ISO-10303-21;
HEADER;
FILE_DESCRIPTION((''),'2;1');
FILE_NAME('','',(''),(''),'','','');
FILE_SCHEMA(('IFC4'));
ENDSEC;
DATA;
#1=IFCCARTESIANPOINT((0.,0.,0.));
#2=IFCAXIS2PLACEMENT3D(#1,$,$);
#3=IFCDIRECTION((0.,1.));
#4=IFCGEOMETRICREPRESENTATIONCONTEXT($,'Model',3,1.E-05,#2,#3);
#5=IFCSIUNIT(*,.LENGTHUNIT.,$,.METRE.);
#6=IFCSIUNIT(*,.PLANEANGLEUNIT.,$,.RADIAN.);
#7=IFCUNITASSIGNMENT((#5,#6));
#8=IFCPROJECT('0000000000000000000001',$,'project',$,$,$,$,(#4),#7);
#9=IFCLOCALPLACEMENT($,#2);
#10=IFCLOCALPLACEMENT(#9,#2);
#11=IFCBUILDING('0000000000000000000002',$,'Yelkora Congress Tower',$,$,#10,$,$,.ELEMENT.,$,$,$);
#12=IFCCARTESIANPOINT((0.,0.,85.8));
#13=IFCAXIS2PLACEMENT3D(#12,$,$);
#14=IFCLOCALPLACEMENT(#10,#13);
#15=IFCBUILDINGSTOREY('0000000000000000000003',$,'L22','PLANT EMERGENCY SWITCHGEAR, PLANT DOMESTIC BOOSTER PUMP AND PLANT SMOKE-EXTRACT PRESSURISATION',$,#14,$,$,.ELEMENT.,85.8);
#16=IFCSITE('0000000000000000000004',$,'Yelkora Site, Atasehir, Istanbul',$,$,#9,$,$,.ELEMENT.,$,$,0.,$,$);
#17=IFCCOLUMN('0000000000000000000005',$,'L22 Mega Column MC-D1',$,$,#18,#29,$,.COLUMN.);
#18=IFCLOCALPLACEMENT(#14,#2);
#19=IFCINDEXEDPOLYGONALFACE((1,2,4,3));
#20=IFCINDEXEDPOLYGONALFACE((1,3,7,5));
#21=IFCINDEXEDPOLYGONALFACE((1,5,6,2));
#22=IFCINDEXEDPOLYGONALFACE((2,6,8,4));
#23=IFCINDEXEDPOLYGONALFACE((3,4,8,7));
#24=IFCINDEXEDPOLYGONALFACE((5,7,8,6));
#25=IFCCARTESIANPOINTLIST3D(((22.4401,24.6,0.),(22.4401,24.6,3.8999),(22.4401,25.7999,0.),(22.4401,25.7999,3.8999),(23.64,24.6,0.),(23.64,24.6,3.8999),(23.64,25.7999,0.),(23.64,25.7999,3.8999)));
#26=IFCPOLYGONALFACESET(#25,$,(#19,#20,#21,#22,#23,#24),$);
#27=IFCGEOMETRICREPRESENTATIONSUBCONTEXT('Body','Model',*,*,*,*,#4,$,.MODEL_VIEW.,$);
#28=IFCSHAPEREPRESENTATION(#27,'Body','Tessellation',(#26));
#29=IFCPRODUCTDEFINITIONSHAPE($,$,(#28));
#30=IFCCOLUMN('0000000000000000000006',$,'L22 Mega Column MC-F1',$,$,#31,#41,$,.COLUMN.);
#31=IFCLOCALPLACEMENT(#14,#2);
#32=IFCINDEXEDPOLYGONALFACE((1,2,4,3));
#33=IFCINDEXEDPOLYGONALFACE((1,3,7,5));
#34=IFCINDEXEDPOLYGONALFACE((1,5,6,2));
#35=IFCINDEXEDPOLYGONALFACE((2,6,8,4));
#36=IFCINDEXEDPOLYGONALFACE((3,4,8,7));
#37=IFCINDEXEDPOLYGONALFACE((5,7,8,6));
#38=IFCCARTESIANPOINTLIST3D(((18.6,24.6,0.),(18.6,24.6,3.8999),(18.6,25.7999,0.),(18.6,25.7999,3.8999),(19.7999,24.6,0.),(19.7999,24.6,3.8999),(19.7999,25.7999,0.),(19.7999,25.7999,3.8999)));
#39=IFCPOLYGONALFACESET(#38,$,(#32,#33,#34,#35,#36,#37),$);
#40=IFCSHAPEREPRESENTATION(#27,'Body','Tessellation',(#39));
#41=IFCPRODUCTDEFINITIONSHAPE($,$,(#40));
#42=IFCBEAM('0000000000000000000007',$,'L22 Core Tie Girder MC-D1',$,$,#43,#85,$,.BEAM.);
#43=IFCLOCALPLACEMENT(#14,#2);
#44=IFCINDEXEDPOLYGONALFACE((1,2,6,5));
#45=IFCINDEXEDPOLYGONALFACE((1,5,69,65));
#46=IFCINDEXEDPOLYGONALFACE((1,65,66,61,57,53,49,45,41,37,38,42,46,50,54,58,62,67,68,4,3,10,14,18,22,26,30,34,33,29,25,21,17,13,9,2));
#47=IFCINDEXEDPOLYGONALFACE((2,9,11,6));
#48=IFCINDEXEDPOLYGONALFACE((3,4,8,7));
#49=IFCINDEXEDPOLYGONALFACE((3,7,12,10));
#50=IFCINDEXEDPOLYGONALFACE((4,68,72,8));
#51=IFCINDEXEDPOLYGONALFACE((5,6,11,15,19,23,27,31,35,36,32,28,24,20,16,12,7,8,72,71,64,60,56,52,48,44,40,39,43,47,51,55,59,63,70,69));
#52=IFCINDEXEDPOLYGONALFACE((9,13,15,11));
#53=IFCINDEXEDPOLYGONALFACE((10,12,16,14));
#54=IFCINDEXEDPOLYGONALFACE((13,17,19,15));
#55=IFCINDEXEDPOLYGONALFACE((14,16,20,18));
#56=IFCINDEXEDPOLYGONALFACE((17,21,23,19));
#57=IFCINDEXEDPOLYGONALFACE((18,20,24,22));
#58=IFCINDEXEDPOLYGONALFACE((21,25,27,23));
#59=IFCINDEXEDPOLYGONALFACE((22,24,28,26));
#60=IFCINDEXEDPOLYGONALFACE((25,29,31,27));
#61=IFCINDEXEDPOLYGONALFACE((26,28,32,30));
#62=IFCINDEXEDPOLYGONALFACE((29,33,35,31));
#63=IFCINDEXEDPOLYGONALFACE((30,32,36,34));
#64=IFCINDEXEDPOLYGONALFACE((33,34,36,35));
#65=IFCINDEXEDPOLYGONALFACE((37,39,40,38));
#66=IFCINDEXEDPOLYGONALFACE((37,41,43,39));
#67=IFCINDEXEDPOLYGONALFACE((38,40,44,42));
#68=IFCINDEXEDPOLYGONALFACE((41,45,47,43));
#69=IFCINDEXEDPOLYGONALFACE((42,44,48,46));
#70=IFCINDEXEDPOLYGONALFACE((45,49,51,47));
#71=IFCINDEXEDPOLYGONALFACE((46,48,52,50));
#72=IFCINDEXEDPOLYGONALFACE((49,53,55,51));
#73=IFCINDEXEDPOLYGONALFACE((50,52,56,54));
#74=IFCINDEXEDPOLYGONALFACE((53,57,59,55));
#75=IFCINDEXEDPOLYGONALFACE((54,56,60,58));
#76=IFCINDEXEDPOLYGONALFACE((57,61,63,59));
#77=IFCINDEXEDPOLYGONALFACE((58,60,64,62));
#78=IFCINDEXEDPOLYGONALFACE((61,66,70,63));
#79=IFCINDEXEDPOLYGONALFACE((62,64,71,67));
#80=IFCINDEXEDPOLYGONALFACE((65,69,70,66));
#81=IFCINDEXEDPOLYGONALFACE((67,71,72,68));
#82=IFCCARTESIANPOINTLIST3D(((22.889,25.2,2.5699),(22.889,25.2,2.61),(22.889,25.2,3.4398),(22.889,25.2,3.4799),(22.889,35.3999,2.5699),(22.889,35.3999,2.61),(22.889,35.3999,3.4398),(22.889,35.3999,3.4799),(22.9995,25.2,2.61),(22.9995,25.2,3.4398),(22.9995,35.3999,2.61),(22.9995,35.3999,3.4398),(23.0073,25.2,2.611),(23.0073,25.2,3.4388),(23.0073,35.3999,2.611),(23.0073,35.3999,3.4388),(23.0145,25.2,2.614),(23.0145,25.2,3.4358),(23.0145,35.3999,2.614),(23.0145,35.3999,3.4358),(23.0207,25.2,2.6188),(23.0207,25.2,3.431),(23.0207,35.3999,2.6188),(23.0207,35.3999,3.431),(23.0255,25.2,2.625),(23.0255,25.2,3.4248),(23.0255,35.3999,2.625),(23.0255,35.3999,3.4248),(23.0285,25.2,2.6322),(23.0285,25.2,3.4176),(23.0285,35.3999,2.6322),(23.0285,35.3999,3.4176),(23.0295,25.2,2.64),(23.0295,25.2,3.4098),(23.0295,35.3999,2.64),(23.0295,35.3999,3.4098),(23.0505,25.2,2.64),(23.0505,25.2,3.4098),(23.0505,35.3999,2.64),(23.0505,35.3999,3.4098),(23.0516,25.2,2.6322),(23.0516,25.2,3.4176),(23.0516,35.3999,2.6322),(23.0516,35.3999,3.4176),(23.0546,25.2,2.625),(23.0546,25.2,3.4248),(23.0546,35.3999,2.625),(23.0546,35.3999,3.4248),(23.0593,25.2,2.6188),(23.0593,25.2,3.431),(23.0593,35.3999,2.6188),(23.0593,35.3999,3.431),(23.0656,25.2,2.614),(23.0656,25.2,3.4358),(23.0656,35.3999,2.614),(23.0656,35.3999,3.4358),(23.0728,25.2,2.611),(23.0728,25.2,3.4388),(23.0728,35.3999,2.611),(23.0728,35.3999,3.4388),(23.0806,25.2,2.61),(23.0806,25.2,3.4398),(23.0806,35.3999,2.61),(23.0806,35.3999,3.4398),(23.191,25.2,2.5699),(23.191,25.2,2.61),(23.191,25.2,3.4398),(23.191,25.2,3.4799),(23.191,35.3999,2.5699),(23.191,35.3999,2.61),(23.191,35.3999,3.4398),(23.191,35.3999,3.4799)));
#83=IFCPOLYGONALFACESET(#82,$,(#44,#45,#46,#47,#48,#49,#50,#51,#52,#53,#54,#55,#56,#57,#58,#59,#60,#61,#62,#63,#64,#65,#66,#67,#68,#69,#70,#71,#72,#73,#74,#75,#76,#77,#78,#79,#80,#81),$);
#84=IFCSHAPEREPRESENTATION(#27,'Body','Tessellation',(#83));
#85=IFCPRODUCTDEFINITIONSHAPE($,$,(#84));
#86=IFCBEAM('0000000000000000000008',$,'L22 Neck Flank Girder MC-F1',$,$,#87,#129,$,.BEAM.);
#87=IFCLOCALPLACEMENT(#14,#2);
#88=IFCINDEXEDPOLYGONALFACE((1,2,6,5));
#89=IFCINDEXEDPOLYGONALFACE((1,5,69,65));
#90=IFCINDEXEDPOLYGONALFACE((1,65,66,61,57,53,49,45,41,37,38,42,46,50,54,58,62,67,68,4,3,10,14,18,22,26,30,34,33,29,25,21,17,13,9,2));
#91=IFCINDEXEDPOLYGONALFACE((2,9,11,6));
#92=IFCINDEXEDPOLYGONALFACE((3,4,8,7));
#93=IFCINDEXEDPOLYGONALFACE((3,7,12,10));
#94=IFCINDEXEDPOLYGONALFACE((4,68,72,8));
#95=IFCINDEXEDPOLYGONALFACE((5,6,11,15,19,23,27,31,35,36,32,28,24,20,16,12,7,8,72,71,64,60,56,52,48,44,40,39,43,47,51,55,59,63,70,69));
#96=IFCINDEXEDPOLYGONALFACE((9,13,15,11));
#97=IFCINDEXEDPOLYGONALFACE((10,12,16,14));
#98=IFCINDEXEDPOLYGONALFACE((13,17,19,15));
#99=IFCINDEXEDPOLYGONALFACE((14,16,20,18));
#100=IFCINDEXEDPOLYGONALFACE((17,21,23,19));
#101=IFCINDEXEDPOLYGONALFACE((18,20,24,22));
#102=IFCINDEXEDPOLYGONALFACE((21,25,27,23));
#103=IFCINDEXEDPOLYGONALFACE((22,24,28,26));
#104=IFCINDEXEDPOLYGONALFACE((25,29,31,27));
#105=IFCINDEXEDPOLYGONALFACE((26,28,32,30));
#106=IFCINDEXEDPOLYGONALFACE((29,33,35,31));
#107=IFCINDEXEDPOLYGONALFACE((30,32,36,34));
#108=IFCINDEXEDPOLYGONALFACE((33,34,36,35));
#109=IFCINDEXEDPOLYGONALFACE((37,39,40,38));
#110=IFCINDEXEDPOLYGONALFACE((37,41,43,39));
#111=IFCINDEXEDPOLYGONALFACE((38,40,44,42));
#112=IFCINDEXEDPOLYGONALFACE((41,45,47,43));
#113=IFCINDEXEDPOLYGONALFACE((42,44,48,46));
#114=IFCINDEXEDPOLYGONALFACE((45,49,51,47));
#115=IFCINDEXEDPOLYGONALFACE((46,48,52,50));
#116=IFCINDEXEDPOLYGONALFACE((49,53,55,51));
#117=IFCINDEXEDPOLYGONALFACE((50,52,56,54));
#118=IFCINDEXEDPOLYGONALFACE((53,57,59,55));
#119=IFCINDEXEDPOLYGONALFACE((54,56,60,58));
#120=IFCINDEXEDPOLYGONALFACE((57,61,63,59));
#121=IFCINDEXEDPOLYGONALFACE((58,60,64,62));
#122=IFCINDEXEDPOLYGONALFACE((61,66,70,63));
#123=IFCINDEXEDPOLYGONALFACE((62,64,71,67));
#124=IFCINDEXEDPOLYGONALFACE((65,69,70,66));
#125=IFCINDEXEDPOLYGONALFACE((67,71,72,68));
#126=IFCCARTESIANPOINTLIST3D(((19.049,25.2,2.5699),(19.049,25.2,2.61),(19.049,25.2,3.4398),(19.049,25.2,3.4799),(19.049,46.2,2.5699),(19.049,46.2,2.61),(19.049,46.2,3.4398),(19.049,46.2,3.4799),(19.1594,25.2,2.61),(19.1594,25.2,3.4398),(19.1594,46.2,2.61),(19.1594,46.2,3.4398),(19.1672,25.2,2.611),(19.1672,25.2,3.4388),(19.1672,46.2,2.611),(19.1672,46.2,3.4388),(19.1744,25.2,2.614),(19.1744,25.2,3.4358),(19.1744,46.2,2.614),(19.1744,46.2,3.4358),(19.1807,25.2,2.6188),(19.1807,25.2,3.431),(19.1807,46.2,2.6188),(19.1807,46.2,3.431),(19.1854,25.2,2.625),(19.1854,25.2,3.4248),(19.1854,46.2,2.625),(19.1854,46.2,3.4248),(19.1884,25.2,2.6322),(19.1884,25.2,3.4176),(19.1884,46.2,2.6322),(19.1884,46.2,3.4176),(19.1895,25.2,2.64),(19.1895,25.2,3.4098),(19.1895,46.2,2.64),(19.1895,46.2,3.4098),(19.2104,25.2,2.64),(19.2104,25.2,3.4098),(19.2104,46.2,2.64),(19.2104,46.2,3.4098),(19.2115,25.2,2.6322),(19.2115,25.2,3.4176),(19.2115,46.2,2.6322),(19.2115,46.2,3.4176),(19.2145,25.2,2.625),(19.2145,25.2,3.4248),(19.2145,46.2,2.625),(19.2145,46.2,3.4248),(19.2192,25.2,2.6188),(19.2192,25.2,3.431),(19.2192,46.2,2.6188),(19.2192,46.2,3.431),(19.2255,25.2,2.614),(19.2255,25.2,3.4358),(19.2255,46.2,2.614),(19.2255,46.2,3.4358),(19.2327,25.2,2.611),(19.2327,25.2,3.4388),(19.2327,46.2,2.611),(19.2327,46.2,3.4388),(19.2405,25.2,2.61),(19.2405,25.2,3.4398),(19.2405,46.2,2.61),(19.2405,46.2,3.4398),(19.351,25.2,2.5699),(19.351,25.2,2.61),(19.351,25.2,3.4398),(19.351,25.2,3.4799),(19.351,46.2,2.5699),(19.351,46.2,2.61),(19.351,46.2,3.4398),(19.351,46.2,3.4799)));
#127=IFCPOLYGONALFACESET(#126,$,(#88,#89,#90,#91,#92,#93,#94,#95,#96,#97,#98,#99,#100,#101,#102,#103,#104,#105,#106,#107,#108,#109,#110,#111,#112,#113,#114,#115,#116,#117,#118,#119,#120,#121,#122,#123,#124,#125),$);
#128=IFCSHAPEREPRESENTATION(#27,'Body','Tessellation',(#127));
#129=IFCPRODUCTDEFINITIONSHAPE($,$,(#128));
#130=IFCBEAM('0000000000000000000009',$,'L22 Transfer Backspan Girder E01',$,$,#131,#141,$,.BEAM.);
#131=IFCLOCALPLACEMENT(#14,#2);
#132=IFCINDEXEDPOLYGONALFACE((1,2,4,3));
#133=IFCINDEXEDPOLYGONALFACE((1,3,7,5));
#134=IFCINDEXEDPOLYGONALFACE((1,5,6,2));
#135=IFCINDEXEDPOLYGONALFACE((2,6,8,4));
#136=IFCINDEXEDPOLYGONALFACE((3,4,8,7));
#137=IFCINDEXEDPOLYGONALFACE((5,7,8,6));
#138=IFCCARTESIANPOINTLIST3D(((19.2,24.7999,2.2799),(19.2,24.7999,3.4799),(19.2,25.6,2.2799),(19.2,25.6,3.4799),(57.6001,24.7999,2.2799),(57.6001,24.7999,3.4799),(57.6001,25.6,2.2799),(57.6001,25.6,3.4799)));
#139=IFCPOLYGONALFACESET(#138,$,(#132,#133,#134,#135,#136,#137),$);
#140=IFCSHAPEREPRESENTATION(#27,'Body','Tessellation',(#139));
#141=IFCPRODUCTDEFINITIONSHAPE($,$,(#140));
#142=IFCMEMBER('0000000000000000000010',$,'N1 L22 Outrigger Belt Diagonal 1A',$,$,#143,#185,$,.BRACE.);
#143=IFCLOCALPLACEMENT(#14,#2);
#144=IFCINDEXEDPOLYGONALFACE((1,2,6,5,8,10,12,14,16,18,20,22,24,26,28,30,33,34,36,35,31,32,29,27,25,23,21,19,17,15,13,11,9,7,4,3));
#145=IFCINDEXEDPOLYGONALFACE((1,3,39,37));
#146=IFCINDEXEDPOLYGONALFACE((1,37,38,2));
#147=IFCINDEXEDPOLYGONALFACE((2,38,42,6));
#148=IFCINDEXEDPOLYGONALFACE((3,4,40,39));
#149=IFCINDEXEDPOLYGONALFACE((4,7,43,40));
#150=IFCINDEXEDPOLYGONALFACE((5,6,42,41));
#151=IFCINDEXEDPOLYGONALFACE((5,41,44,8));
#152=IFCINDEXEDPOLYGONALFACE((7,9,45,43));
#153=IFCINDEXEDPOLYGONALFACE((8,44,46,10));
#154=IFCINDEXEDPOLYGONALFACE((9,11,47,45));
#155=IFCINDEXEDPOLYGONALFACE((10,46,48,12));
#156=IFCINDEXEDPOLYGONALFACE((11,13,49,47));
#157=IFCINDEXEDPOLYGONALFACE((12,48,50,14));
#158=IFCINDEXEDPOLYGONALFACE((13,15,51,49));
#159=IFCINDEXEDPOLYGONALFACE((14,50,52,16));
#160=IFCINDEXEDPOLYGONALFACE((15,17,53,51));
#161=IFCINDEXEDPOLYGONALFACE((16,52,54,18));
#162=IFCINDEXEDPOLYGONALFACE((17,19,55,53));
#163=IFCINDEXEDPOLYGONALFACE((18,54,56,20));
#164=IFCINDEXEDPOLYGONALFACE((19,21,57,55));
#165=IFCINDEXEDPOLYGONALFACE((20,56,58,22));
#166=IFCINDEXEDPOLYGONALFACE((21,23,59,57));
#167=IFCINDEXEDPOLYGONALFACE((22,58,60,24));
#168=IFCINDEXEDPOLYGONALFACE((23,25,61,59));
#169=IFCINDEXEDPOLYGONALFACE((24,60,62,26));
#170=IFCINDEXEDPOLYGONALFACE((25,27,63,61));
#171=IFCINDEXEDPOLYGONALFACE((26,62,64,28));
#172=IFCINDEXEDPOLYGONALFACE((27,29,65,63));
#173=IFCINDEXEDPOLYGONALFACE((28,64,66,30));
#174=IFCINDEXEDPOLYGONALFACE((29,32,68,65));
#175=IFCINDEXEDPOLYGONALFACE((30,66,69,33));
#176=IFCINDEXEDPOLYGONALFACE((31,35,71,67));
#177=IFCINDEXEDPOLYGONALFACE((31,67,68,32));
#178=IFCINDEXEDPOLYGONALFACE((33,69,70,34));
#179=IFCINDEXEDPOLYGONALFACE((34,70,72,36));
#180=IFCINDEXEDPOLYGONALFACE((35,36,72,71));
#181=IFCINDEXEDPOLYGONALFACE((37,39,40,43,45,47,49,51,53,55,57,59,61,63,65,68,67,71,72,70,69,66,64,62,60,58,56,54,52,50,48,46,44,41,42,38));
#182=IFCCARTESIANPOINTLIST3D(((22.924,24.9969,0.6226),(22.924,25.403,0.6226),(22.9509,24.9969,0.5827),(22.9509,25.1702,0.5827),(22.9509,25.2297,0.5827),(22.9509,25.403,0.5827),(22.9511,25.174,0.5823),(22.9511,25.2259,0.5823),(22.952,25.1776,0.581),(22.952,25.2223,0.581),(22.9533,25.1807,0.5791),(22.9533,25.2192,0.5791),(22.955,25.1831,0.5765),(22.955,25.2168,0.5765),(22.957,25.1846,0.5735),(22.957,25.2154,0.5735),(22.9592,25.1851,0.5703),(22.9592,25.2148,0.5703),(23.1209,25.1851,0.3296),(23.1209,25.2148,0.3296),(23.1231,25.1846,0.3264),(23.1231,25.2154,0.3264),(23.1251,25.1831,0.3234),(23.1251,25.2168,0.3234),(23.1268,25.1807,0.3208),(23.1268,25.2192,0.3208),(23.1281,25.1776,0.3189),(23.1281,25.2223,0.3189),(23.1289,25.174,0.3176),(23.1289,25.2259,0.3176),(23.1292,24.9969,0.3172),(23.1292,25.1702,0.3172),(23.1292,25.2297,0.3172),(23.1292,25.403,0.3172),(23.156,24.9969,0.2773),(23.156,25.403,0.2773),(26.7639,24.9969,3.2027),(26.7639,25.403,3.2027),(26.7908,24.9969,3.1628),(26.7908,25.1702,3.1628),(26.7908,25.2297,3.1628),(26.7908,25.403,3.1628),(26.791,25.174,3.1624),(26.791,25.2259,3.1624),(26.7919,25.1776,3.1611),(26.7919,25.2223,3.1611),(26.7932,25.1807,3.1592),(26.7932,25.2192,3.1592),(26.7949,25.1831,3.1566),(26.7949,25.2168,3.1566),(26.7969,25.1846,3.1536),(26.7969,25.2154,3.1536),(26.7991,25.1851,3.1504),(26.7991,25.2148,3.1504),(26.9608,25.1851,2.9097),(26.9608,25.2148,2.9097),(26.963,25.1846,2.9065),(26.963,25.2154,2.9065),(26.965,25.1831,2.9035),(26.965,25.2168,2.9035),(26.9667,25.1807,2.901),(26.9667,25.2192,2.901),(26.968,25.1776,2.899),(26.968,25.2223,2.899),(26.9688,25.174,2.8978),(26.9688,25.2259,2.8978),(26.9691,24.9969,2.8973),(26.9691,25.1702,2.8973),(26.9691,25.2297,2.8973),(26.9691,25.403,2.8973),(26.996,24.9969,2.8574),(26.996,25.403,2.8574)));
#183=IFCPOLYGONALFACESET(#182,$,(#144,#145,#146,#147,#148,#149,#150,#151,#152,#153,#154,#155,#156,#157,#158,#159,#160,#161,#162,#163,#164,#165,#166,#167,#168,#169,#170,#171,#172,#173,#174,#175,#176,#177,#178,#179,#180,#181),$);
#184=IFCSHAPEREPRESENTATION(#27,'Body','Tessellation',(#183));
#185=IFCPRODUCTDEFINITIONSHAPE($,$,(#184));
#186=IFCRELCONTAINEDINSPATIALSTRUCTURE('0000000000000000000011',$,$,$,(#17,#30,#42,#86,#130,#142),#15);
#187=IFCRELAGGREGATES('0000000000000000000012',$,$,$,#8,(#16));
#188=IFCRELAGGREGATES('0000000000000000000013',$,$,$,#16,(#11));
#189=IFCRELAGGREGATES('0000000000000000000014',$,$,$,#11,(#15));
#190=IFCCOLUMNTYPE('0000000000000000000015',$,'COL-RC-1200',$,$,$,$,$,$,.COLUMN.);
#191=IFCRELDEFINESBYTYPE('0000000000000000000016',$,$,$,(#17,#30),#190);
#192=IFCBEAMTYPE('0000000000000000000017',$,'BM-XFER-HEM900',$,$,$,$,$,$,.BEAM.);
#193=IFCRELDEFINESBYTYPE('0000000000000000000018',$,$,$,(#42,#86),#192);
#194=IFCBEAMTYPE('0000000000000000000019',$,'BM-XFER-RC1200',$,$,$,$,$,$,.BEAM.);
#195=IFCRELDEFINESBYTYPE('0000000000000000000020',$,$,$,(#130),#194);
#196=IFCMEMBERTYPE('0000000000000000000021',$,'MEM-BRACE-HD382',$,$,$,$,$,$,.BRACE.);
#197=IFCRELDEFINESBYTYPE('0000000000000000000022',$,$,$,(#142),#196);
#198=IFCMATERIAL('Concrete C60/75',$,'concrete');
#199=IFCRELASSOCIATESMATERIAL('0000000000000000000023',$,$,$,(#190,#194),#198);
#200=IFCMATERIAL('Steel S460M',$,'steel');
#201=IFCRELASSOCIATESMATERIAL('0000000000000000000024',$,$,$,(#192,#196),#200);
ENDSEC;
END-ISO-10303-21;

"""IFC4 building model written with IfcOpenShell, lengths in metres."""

from ifc_helpers import new_model, si_unit, direction, frame, origin, origin_2d, place, context, subcontext, project, spatial, rectangle, i_section, extrude, material, material_profile, profile_set, type_object, element, save


model = new_model("IFC4")

# Units and contexts
model_context = context("Model", 3, precision=1e-05, world=origin(), true_north=direction((0.0, 1.0)))
body_context = subcontext(model_context, "Body", "Model", "MODEL_VIEW")
ifc_project = project(units=[si_unit("LENGTHUNIT", "METRE"), si_unit("PLANEANGLEUNIT", "RADIAN")], contexts=[model_context])

# Site, building, storey
site_placement = place(None, origin())
site = spatial("IfcSite", under=ifc_project, at=site_placement, Name="Yelkora Site, Atasehir, Istanbul", CompositionType="ELEMENT", RefElevation=0.0)
building_placement = place(site_placement, origin())
building = spatial("IfcBuilding", under=site, at=building_placement, Name="Yelkora Congress Tower", CompositionType="ELEMENT")
storey_placement = place(building_placement, frame((0.0, 0.0, 85.8)))
storey = spatial("IfcBuildingStorey", under=building, at=storey_placement, Name="L22", Description="PLANT EMERGENCY SWITCHGEAR, PLANT DOMESTIC BOOSTER PUMP AND PLANT SMOKE-EXTRACT PRESSURISATION", CompositionType="ELEMENT", Elevation=85.8)

# Columns
ifc_material_1 = material(Name="Concrete C60/75", Category="concrete")
ifc_material_profile_1 = material_profile(ifc_material_1, rectangle(XDim=1.2, YDim=1.2, at=origin_2d()), Name="RC 1200x1200")
ifc_profile_set_1 = profile_set([ifc_material_profile_1], Name="Concrete C60/75")
column_type = type_object("IfcColumnType", Name="COL-RC-1200", PredefinedType="COLUMN", material=ifc_profile_set_1)
for number, where, z_axis, x_axis, name in (
    (1, (23.04, 25.2, 0.0), (0.0, 0.0, 1.0), (1.0, 0.0, 0.0), "L22 Mega Column MC-D1"),
    (2, (19.2, 25.2, 0.0), (0.0, 0.0, 1.0), (1.0, 0.0, 0.0), "L22 Mega Column MC-F1"),
):
    element("IfcColumn", number, at=place(storey_placement, frame(where, z_axis=z_axis, x_axis=x_axis)), inside=storey, type_object=column_type, Name=name, PredefinedType="COLUMN", context=body_context, shape_type="SweptSolid", body=[
        extrude(rectangle(XDim=1.2, YDim=1.2, at=origin_2d()), origin(), (0.0, 0.0, 1.0), 3.8999),
    ])

# Beams
ifc_material_2 = material(Name="Steel S460M", Category="steel")
ifc_material_profile_2 = material_profile(ifc_material_2, i_section(OverallWidth=0.302, OverallDepth=0.9099, WebThickness=0.021, FlangeThickness=0.04, FilletRadius=0.03, at=origin_2d()), Name="HEM 900")
ifc_profile_set_2 = profile_set([ifc_material_profile_2], Name="Steel S460M")
beam_type_1 = type_object("IfcBeamType", Name="BM-XFER-HEM900", PredefinedType="BEAM", material=ifc_profile_set_2)
beam_1_placement = place(storey_placement, frame((23.04, 25.2, 3.0249), z_axis=(0.0, 1.0, 0.0), x_axis=(-1.0, 0.0, 0.0)))
element("IfcBeam", 3, at=beam_1_placement, inside=storey, type_object=beam_type_1, Name="L22 Core Tie Girder MC-D1", PredefinedType="BEAM", context=body_context, shape_type="SweptSolid", body=[
    extrude(i_section(OverallWidth=0.302, OverallDepth=0.9099, WebThickness=0.021, FlangeThickness=0.04, FilletRadius=0.03, at=origin_2d()), origin(), (0.0, 0.0, 1.0), 10.2),
])
beam_2_placement = place(storey_placement, frame((19.2, 25.2, 3.0249), z_axis=(0.0, 1.0, 0.0), x_axis=(-1.0, 0.0, 0.0)))
element("IfcBeam", 4, at=beam_2_placement, inside=storey, type_object=beam_type_1, Name="L22 Neck Flank Girder MC-F1", PredefinedType="BEAM", context=body_context, shape_type="SweptSolid", body=[
    extrude(i_section(OverallWidth=0.302, OverallDepth=0.9099, WebThickness=0.021, FlangeThickness=0.04, FilletRadius=0.03, at=origin_2d()), origin(), (0.0, 0.0, 1.0), 21.0),
])
ifc_material_profile_3 = material_profile(ifc_material_1, rectangle(XDim=0.8, YDim=1.2, at=origin_2d()), Name="RC 800x1200")
ifc_profile_set_3 = profile_set([ifc_material_profile_3], Name="Concrete C60/75")
beam_type_2 = type_object("IfcBeamType", Name="BM-XFER-RC1200", PredefinedType="BEAM", material=ifc_profile_set_3)
beam_3_placement = place(storey_placement, frame((19.2, 25.2, 2.8799), z_axis=(1.0, 0.0, 0.0), x_axis=(0.0, 1.0, 0.0)))
element("IfcBeam", 5, at=beam_3_placement, inside=storey, type_object=beam_type_2, Name="L22 Transfer Backspan Girder E01", PredefinedType="BEAM", context=body_context, shape_type="SweptSolid", body=[
    extrude(rectangle(XDim=0.8, YDim=1.2, at=origin_2d()), origin(), (0.0, 0.0, 1.0), 38.4001),
])

# Member
ifc_material_profile_4 = material_profile(ifc_material_2, i_section(OverallWidth=0.406, OverallDepth=0.416, WebThickness=0.0298, FlangeThickness=0.0481, FilletRadius=0.0149, at=origin_2d()), Name="HD 400x382")
ifc_profile_set_4 = profile_set([ifc_material_profile_4], Name="Steel S460M")
member_type_1 = type_object("IfcMemberType", Name="MEM-BRACE-HD382", PredefinedType="BRACE", material=ifc_profile_set_4)
member_1_placement = place(storey_placement, frame((23.04, 25.2, 0.45), z_axis=(0.830031, 0.0, 0.557717), x_axis=(0.0, 1.0, 0.0)))
element("IfcMember", 6, at=member_1_placement, inside=storey, type_object=member_type_1, Name="N1 L22 Outrigger Belt Diagonal 1A", PredefinedType="BRACE", context=body_context, shape_type="SweptSolid", body=[
    extrude(i_section(OverallWidth=0.406, OverallDepth=0.416, WebThickness=0.0298, FlangeThickness=0.0481, FilletRadius=0.0149, at=origin_2d()), origin(), (0.0, 0.0, 1.0), 4.6262),
])

save(model, "model.ifc")
